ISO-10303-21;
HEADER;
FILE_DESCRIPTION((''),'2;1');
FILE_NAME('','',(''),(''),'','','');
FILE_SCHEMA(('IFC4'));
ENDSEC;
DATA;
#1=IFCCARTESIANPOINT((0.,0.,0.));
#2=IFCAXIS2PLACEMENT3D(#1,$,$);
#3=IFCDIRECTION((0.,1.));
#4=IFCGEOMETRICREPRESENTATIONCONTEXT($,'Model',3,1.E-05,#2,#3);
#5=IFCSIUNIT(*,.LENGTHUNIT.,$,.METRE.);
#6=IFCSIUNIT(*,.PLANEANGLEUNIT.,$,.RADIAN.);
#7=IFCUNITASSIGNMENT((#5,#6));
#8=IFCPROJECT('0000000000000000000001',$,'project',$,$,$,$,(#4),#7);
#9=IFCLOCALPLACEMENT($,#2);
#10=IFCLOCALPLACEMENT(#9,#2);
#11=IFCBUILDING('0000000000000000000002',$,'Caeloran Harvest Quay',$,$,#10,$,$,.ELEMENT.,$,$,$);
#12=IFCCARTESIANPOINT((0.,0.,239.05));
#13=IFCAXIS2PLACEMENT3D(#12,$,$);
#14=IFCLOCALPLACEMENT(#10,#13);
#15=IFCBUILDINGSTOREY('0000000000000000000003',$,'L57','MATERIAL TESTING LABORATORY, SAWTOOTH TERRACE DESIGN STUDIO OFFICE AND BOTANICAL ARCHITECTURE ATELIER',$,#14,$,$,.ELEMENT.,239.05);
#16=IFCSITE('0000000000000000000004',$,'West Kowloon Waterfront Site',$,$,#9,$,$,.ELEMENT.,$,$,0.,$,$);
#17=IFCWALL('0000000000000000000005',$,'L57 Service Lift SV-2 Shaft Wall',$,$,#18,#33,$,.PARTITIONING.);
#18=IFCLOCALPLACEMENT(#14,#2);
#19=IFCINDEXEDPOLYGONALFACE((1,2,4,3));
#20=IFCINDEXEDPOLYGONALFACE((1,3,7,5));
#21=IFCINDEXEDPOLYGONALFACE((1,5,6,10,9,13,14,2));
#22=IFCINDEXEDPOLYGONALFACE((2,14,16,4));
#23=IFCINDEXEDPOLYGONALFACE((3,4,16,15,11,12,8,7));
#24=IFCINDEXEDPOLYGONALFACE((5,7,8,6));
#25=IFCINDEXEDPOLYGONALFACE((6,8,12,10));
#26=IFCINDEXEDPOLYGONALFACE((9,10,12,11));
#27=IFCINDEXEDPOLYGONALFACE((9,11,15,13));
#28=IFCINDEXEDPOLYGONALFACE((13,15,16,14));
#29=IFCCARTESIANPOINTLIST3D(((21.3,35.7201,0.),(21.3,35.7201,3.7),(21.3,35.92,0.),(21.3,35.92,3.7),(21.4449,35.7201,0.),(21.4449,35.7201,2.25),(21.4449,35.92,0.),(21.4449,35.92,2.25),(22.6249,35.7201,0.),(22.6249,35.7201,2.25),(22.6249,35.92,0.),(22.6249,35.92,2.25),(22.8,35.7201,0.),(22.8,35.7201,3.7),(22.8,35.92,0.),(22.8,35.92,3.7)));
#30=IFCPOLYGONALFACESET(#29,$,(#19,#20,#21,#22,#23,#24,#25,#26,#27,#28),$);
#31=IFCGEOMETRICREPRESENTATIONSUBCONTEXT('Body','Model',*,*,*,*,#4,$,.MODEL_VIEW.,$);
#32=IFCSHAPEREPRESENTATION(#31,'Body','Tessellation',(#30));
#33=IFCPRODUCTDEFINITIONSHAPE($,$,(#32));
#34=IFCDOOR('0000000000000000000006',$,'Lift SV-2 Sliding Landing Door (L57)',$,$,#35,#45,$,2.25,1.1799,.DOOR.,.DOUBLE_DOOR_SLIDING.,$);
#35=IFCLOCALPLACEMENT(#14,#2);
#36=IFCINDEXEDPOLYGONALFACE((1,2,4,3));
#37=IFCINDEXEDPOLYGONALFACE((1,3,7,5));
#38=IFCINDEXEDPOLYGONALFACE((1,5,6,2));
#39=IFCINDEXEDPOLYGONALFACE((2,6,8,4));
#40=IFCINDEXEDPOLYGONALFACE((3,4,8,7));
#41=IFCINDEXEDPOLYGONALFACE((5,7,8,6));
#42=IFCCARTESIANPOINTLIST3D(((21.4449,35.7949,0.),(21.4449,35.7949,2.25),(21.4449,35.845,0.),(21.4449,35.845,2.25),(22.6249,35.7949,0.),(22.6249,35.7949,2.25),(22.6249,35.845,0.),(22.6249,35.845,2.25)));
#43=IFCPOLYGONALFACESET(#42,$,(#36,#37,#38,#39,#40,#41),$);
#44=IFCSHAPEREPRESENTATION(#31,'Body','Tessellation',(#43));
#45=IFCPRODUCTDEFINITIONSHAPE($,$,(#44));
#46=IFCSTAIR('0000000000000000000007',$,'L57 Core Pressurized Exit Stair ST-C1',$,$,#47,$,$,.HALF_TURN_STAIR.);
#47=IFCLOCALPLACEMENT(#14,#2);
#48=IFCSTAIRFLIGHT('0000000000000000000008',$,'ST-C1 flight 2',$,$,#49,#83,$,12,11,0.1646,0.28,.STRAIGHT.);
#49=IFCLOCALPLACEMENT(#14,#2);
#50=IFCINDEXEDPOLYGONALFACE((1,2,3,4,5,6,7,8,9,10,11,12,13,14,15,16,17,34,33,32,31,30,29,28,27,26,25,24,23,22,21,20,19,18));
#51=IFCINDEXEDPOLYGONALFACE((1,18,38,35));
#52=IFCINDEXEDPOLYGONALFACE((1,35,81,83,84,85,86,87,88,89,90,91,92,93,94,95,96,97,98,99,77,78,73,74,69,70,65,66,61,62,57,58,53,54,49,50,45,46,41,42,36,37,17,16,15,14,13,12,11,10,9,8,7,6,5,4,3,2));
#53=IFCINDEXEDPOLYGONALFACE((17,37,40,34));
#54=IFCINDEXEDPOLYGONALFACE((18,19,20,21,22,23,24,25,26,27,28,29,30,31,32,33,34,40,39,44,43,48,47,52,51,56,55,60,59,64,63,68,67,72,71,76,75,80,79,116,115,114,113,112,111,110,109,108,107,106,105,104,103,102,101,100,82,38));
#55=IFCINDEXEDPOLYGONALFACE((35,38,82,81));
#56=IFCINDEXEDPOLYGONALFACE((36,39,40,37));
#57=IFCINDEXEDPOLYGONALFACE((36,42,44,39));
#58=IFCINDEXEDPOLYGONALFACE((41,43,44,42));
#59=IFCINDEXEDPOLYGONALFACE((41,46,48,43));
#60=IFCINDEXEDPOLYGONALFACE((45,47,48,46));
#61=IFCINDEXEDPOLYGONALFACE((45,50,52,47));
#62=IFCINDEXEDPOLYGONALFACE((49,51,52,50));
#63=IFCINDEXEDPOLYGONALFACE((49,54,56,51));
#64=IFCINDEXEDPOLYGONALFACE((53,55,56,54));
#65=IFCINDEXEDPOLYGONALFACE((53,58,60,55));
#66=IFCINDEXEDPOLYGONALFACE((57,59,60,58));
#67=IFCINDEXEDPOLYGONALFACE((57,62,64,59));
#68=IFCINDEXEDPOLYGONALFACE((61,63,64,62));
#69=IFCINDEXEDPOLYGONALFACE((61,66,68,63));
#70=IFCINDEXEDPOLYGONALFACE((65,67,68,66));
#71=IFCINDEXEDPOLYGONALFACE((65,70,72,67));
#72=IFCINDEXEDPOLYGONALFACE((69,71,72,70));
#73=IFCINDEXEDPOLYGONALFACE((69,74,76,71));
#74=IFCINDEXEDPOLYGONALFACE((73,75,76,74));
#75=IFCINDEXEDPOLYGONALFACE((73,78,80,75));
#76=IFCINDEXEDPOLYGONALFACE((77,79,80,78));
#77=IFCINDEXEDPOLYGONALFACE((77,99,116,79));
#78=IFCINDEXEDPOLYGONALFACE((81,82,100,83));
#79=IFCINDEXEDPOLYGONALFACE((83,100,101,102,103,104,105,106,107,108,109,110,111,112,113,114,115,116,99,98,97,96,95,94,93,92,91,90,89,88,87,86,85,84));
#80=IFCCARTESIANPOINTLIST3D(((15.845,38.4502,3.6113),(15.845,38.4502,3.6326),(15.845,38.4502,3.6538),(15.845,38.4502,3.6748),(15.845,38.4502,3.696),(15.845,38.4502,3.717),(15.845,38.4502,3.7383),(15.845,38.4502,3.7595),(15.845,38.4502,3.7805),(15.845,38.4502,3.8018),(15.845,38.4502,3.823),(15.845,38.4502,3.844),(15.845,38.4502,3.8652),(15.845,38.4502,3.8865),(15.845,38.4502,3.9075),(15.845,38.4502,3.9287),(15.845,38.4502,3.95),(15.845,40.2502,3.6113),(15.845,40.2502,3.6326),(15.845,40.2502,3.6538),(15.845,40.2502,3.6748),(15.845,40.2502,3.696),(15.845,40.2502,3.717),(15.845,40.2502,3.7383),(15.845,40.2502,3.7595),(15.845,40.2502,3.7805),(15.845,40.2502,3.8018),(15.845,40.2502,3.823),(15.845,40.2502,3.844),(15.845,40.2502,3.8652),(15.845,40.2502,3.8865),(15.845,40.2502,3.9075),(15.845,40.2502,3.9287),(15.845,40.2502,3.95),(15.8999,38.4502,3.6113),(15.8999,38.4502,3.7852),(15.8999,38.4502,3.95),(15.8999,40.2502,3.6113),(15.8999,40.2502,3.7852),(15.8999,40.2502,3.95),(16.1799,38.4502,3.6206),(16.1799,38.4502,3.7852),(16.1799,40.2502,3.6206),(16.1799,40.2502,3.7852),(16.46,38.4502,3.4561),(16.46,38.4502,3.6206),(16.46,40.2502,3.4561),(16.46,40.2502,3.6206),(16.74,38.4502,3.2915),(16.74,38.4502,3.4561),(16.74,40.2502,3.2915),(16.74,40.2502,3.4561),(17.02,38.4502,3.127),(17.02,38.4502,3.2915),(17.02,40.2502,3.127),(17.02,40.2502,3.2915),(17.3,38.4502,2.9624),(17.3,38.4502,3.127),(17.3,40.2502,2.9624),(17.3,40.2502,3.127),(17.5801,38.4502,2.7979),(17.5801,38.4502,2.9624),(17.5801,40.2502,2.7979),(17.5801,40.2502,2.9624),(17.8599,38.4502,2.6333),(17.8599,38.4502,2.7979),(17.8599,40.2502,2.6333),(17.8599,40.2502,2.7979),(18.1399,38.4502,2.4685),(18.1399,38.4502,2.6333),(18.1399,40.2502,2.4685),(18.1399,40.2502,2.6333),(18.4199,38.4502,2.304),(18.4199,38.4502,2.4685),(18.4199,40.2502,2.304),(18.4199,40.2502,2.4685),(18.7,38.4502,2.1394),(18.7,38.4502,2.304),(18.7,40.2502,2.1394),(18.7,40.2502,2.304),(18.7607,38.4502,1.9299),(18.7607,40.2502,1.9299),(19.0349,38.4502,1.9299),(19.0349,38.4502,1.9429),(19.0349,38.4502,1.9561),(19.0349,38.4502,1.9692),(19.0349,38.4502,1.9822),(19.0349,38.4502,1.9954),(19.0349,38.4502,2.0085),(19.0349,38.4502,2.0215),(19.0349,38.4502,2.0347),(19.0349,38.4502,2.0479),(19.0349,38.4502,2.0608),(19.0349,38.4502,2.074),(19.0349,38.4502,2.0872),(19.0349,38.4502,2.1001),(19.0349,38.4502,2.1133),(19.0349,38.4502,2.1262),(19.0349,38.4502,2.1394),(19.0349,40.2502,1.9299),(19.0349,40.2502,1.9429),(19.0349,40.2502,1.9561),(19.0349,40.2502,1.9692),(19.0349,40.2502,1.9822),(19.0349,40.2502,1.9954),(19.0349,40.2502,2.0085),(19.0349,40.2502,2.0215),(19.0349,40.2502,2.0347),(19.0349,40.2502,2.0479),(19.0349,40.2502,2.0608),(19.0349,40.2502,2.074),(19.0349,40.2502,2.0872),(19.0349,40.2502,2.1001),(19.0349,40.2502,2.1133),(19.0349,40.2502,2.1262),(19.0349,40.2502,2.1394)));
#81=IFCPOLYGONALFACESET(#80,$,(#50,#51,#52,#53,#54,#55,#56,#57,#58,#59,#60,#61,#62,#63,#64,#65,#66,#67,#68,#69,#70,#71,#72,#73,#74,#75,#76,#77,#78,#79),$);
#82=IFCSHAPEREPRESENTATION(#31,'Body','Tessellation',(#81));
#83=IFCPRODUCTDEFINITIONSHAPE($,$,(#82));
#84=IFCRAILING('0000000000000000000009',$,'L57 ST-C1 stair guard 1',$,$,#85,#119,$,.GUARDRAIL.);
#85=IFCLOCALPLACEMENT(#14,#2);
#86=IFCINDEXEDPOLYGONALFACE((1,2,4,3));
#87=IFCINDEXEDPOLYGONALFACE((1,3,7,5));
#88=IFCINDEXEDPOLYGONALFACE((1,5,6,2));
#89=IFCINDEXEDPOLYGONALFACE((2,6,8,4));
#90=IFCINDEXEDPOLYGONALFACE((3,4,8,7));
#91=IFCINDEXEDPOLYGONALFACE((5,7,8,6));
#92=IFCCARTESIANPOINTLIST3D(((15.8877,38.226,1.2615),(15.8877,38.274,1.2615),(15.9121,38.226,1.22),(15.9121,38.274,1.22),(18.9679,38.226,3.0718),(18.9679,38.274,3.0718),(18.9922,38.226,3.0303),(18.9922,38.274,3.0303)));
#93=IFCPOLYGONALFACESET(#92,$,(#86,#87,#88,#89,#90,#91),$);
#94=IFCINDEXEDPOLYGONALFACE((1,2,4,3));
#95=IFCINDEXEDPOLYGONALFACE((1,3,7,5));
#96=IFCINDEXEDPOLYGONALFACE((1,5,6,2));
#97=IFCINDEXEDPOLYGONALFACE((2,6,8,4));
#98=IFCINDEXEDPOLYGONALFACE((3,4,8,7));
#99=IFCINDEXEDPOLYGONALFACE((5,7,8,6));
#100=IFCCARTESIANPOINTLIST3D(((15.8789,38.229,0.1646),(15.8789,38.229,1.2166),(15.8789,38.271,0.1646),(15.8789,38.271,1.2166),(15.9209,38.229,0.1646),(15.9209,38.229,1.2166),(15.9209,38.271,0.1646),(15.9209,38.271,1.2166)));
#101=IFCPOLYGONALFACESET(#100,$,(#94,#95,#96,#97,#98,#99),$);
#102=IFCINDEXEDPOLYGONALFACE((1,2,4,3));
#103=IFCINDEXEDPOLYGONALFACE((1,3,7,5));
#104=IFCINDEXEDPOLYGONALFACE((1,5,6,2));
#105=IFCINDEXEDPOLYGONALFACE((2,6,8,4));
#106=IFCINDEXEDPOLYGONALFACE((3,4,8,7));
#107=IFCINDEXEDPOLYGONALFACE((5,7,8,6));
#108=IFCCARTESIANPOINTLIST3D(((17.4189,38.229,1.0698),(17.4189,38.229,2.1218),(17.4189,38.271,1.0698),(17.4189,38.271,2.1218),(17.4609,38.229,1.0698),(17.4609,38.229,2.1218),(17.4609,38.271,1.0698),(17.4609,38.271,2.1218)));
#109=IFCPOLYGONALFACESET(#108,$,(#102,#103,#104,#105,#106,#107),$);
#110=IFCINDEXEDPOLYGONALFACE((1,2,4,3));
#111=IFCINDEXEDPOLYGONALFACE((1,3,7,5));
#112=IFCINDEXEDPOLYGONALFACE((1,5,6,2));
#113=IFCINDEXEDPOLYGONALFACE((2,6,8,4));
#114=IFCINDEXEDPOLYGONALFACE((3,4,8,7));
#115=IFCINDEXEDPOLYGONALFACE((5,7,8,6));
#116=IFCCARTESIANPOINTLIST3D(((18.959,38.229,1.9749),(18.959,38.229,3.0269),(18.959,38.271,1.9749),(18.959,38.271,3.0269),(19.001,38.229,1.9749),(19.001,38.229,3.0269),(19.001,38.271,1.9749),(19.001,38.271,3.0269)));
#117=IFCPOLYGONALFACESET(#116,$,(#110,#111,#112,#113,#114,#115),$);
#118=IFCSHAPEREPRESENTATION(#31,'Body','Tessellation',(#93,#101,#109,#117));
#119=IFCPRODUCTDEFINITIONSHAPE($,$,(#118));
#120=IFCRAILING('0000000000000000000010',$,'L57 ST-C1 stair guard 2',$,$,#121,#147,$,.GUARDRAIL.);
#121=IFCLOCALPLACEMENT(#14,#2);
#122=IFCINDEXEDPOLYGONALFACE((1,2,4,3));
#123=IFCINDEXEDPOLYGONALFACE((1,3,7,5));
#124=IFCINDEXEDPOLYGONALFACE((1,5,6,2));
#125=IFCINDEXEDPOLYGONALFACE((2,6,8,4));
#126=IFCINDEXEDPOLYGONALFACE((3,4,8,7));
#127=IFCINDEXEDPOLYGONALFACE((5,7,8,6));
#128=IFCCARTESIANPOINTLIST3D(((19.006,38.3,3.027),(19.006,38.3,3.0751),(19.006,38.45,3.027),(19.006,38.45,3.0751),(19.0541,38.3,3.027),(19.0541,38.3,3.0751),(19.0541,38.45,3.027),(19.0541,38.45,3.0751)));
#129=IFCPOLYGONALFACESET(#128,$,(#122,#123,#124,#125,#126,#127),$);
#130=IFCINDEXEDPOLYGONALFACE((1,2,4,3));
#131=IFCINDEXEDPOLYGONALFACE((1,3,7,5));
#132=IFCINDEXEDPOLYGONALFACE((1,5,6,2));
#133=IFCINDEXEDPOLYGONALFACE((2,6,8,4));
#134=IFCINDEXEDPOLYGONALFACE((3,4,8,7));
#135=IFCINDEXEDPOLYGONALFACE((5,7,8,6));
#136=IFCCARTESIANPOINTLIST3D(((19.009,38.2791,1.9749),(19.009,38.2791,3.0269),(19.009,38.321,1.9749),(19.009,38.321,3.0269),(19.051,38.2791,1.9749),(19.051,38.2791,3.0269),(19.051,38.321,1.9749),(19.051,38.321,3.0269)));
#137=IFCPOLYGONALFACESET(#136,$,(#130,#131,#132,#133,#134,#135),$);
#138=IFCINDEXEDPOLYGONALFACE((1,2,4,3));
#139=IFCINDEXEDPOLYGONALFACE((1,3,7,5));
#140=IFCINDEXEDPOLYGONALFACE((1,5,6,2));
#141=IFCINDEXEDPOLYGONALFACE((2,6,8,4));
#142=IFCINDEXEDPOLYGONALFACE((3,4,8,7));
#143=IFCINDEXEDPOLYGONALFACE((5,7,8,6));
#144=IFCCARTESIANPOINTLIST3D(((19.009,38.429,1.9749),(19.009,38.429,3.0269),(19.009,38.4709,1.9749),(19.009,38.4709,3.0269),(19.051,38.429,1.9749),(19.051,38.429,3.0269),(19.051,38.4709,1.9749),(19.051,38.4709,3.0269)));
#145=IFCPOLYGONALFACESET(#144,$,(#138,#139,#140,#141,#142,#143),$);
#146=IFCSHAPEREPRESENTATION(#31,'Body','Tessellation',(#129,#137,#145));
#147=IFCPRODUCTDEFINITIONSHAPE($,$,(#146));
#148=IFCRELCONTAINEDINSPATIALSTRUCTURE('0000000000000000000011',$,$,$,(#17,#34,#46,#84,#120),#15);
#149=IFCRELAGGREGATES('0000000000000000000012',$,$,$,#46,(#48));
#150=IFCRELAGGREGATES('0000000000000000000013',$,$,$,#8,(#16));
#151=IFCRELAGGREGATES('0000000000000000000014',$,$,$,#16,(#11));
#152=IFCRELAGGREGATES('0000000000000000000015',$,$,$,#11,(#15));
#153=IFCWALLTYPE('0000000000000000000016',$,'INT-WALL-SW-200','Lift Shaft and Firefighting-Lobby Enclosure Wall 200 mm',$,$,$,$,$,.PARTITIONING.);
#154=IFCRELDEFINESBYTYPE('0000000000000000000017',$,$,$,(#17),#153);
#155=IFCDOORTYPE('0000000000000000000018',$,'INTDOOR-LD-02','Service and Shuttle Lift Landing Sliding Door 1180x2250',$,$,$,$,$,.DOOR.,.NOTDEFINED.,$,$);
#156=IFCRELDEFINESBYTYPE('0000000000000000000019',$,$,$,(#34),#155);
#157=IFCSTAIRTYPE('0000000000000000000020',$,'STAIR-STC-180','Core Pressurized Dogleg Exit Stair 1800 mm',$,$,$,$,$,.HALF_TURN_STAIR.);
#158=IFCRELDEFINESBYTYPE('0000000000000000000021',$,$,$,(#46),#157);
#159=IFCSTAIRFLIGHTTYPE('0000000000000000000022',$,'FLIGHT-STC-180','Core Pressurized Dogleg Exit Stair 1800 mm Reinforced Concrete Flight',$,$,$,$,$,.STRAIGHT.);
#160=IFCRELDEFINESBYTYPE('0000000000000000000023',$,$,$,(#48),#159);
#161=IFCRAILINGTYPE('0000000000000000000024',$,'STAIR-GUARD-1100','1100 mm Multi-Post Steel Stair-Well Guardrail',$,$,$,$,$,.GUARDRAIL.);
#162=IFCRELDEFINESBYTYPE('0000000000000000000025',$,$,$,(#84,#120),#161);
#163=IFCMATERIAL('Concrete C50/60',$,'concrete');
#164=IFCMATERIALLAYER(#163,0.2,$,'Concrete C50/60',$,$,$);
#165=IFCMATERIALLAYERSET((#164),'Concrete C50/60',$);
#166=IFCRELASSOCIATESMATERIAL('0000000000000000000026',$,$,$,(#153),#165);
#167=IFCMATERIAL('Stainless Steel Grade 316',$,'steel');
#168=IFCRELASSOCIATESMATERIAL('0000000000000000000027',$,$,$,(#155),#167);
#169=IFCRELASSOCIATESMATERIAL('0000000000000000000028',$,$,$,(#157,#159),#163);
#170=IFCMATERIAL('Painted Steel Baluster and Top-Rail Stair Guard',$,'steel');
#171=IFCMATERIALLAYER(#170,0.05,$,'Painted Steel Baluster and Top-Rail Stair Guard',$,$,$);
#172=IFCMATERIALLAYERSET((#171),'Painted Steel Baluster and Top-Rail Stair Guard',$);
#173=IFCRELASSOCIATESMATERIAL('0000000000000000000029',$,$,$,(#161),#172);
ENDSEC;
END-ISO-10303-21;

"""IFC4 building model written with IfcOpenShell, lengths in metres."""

from ifc_helpers import new_model, si_unit, direction, frame, frame_2d, origin, origin_2d, place, context, subcontext, project, spatial, polyline, rectangle, outline, extrude, material, layer, layer_set, type_object, element, fill, aggregate, save


model = new_model("IFC4")

# Units and contexts
model_context = context("Model", 3, precision=1e-05, world=origin(), true_north=direction((0.0, 1.0)))
body_context = subcontext(model_context, "Body", "Model", "MODEL_VIEW")
ifc_project = project(units=[si_unit("LENGTHUNIT", "METRE"), si_unit("PLANEANGLEUNIT", "RADIAN")], contexts=[model_context])

# Site, building, storey
site_placement = place(None, origin())
site = spatial("IfcSite", under=ifc_project, at=site_placement, Name="West Kowloon Waterfront Site", CompositionType="ELEMENT", RefElevation=0.0)
building_placement = place(site_placement, origin())
building = spatial("IfcBuilding", under=site, at=building_placement, Name="Caeloran Harvest Quay", CompositionType="ELEMENT")
storey_placement = place(building_placement, frame((0.0, 0.0, 239.05)))
storey = spatial("IfcBuildingStorey", under=building, at=storey_placement, Name="L57", Description="MATERIAL TESTING LABORATORY, SAWTOOTH TERRACE DESIGN STUDIO OFFICE AND BOTANICAL ARCHITECTURE ATELIER", CompositionType="ELEMENT", Elevation=239.05)

# Wall, opening, door
ifc_material_1 = material(Name="Concrete C50/60", Category="concrete")
ifc_layer_1 = layer(ifc_material_1, 0.2, Name="Concrete C50/60")
ifc_layer_set_1 = layer_set([ifc_layer_1], Name="Concrete C50/60")
wall_type_1 = type_object("IfcWallType", Name="INT-WALL-SW-200", Description="Lift Shaft and Firefighting-Lobby Enclosure Wall 200 mm", PredefinedType="PARTITIONING", material=ifc_layer_set_1)
wall_1_placement = place(storey_placement, frame((21.3, 35.8201, 0.0), z_axis=(0.0, 0.0, 1.0), x_axis=(1.0, 0.0, 0.0)))
wall_1 = element("IfcWall", 1, at=wall_1_placement, inside=storey, type_object=wall_type_1, Name="L57 Service Lift SV-2 Shaft Wall", PredefinedType="PARTITIONING", context=body_context, shape_type="SweptSolid", body=[
    extrude(rectangle(XDim=1.5, YDim=0.2, at=frame_2d((0.75, 0.0))), origin(), (0.0, 0.0, 1.0), 3.7),
])
opening_placement = place(wall_1_placement, frame((0.145, 0.0, 0.0)))
opening = element("IfcOpeningElement", 2, at=opening_placement, cuts=wall_1, PredefinedType="OPENING", context=body_context, shape_type="SweptSolid", body=[
    extrude(rectangle(XDim=1.1799, YDim=2.25, at=frame_2d((0.5898, 1.125))), frame((0.0, 0.1099, 0.0), z_axis=(0.0, -1.0, 0.0), x_axis=(1.0, 0.0, 0.0)), (0.0, 0.0, 1.0), 0.22),
])
ifc_material_2 = material(Name="Stainless Steel Grade 316", Category="steel")
door_type = type_object("IfcDoorType", Name="INTDOOR-LD-02", Description="Service and Shuttle Lift Landing Sliding Door 1180x2250", OperationType="NOTDEFINED", PredefinedType="DOOR", material=ifc_material_2)
door_placement = place(opening_placement, origin())
door = element("IfcDoor", 3, at=door_placement, inside=storey, type_object=door_type, Name="Lift SV-2 Sliding Landing Door (L57)", OperationType="DOUBLE_DOOR_SLIDING", OverallHeight=2.25, OverallWidth=1.1799, PredefinedType="DOOR", context=body_context, shape_type="SweptSolid", body=[
    extrude(rectangle(XDim=1.1799, YDim=2.25, at=frame_2d((0.5898, 1.125))), frame((0.0, 0.0249, 0.0), z_axis=(0.0, -1.0, 0.0), x_axis=(1.0, 0.0, 0.0)), (0.0, 0.0, 1.0), 0.05),
])
fill(opening, door)

# Stair, stair flight
stair_type = type_object("IfcStairType", Name="STAIR-STC-180", Description="Core Pressurized Dogleg Exit Stair 1800 mm", PredefinedType="HALF_TURN_STAIR", material=ifc_material_1)
stair_placement = place(storey_placement, origin())
stair = element("IfcStair", 4, at=stair_placement, inside=storey, type_object=stair_type, Name="L57 Core Pressurized Exit Stair ST-C1", PredefinedType="HALF_TURN_STAIR")
stair_flight_type = type_object("IfcStairFlightType", Name="FLIGHT-STC-180", Description="Core Pressurized Dogleg Exit Stair 1800 mm Reinforced Concrete Flight", PredefinedType="STRAIGHT", material=ifc_material_1)
stair_flight_placement = place(storey_placement, frame((18.98, 39.3501, 1.9749), z_axis=(0.0, 0.0, 1.0), x_axis=(-1.0, 0.0, 0.0)))
stair_flight = element("IfcStairFlight", 5, at=stair_flight_placement, type_object=stair_flight_type, Name="ST-C1 flight 2", NumberOfRisers=12, NumberOfTreads=11, PredefinedType="STRAIGHT", RiserHeight=0.1646, TreadLength=0.28, context=body_context, shape_type="SweptSolid", body=[
    extrude(outline(polyline([(-0.0549, -0.0449), (-0.0549, -0.032), (-0.0549, -0.0188), (-0.0549, -0.0056), (-0.0549, 0.0073), (-0.0549, 0.0205), (-0.0549, 0.0337), (-0.0549, 0.0466), (-0.0549, 0.0598), (-0.0549, 0.073), (-0.0549, 0.0859), (-0.0549, 0.0991), (-0.0549, 0.1123), (-0.0549, 0.1252), (-0.0549, 0.1384), (-0.0549, 0.1514), (-0.0549, 0.1646), (0.28, 0.1646), (0.28, 0.3291), (0.5601, 0.3291), (0.5601, 0.4937), (0.8401, 0.4937), (0.8401, 0.6584), (1.1201, 0.6584), (1.1201, 0.823), (1.3999, 0.823), (1.3999, 0.9875), (1.6799, 0.9875), (1.6799, 1.1521), (1.96, 1.1521), (1.96, 1.3167), (2.24, 1.3167), (2.24, 1.4812), (2.52, 1.4812), (2.52, 1.6458), (2.8, 1.6458), (2.8, 1.8103), (3.0801, 1.8103), (3.0801, 1.9751), (3.135, 1.9751), (3.135, 1.9539), (3.135, 1.9326), (3.135, 1.9116), (3.135, 1.8904), (3.135, 1.8691), (3.135, 1.8481), (3.135, 1.8269), (3.135, 1.8057), (3.135, 1.7847), (3.135, 1.7634), (3.135, 1.7422), (3.135, 1.7212), (3.135, 1.7), (3.135, 1.679), (3.135, 1.6577), (3.135, 1.6365), (3.0801, 1.6365), (0.2192, -0.0449), (-0.0549, -0.0449)])), frame((0.0, 0.8999, 0.0), z_axis=(0.0, -1.0, 0.0), x_axis=(1.0, 0.0, 0.0)), (0.0, 0.0, 1.0), 1.8),
])
aggregate(stair, [stair_flight])

# Railings
ifc_material_3 = material(Name="Painted Steel Baluster and Top-Rail Stair Guard", Category="steel")
ifc_layer_2 = layer(ifc_material_3, 0.05, Name="Painted Steel Baluster and Top-Rail Stair Guard")
ifc_layer_set_2 = layer_set([ifc_layer_2], Name="Painted Steel Baluster and Top-Rail Stair Guard")
railing_type_1 = type_object("IfcRailingType", Name="STAIR-GUARD-1100", Description="1100 mm Multi-Post Steel Stair-Well Guardrail", PredefinedType="GUARDRAIL", material=ifc_layer_set_2)
railing_1_placement = place(storey_placement, frame((15.8999, 38.25, 0.1646)))
element("IfcRailing", 6, at=railing_1_placement, inside=storey, type_object=railing_type_1, Name="L57 ST-C1 stair guard 1", PredefinedType="GUARDRAIL", context=body_context, shape_type="SweptSolid", body=[
    extrude(rectangle(XDim=0.0481, YDim=0.0481, at=origin_2d()), frame((0.0, 0.0, 1.0762), z_axis=(0.862119, 0.0, 0.506707), x_axis=(0.0, 1.0, 0.0)), (0.0, 0.0, 1.0), 3.5728),
    extrude(rectangle(XDim=0.042, YDim=0.042, at=origin_2d()), origin(), (0.0, 0.0, 1.0), 1.052),
    extrude(rectangle(XDim=0.042, YDim=0.042, at=origin_2d()), frame((1.54, 0.0, 0.9053)), (0.0, 0.0, 1.0), 1.052),
    extrude(rectangle(XDim=0.042, YDim=0.042, at=origin_2d()), frame((3.0801, 0.0, 1.8103)), (0.0, 0.0, 1.0), 1.052),
])
railing_2_placement = place(storey_placement, frame((19.03, 38.3, 1.9749)))
element("IfcRailing", 7, at=railing_2_placement, inside=storey, type_object=railing_type_1, Name="L57 ST-C1 stair guard 2", PredefinedType="GUARDRAIL", context=body_context, shape_type="SweptSolid", body=[
    extrude(rectangle(XDim=0.0481, YDim=0.0481, at=origin_2d()), frame((0.0, 0.0, 1.0762), z_axis=(0.0, 1.0, 0.0), x_axis=(-1.0, 0.0, 0.0)), (0.0, 0.0, 1.0), 0.1499),
    extrude(rectangle(XDim=0.042, YDim=0.042, at=origin_2d()), origin(), (0.0, 0.0, 1.0), 1.052),
    extrude(rectangle(XDim=0.042, YDim=0.042, at=origin_2d()), frame((0.0, 0.1499, 0.0)), (0.0, 0.0, 1.0), 1.052),
])

save(model, "model.ifc")
